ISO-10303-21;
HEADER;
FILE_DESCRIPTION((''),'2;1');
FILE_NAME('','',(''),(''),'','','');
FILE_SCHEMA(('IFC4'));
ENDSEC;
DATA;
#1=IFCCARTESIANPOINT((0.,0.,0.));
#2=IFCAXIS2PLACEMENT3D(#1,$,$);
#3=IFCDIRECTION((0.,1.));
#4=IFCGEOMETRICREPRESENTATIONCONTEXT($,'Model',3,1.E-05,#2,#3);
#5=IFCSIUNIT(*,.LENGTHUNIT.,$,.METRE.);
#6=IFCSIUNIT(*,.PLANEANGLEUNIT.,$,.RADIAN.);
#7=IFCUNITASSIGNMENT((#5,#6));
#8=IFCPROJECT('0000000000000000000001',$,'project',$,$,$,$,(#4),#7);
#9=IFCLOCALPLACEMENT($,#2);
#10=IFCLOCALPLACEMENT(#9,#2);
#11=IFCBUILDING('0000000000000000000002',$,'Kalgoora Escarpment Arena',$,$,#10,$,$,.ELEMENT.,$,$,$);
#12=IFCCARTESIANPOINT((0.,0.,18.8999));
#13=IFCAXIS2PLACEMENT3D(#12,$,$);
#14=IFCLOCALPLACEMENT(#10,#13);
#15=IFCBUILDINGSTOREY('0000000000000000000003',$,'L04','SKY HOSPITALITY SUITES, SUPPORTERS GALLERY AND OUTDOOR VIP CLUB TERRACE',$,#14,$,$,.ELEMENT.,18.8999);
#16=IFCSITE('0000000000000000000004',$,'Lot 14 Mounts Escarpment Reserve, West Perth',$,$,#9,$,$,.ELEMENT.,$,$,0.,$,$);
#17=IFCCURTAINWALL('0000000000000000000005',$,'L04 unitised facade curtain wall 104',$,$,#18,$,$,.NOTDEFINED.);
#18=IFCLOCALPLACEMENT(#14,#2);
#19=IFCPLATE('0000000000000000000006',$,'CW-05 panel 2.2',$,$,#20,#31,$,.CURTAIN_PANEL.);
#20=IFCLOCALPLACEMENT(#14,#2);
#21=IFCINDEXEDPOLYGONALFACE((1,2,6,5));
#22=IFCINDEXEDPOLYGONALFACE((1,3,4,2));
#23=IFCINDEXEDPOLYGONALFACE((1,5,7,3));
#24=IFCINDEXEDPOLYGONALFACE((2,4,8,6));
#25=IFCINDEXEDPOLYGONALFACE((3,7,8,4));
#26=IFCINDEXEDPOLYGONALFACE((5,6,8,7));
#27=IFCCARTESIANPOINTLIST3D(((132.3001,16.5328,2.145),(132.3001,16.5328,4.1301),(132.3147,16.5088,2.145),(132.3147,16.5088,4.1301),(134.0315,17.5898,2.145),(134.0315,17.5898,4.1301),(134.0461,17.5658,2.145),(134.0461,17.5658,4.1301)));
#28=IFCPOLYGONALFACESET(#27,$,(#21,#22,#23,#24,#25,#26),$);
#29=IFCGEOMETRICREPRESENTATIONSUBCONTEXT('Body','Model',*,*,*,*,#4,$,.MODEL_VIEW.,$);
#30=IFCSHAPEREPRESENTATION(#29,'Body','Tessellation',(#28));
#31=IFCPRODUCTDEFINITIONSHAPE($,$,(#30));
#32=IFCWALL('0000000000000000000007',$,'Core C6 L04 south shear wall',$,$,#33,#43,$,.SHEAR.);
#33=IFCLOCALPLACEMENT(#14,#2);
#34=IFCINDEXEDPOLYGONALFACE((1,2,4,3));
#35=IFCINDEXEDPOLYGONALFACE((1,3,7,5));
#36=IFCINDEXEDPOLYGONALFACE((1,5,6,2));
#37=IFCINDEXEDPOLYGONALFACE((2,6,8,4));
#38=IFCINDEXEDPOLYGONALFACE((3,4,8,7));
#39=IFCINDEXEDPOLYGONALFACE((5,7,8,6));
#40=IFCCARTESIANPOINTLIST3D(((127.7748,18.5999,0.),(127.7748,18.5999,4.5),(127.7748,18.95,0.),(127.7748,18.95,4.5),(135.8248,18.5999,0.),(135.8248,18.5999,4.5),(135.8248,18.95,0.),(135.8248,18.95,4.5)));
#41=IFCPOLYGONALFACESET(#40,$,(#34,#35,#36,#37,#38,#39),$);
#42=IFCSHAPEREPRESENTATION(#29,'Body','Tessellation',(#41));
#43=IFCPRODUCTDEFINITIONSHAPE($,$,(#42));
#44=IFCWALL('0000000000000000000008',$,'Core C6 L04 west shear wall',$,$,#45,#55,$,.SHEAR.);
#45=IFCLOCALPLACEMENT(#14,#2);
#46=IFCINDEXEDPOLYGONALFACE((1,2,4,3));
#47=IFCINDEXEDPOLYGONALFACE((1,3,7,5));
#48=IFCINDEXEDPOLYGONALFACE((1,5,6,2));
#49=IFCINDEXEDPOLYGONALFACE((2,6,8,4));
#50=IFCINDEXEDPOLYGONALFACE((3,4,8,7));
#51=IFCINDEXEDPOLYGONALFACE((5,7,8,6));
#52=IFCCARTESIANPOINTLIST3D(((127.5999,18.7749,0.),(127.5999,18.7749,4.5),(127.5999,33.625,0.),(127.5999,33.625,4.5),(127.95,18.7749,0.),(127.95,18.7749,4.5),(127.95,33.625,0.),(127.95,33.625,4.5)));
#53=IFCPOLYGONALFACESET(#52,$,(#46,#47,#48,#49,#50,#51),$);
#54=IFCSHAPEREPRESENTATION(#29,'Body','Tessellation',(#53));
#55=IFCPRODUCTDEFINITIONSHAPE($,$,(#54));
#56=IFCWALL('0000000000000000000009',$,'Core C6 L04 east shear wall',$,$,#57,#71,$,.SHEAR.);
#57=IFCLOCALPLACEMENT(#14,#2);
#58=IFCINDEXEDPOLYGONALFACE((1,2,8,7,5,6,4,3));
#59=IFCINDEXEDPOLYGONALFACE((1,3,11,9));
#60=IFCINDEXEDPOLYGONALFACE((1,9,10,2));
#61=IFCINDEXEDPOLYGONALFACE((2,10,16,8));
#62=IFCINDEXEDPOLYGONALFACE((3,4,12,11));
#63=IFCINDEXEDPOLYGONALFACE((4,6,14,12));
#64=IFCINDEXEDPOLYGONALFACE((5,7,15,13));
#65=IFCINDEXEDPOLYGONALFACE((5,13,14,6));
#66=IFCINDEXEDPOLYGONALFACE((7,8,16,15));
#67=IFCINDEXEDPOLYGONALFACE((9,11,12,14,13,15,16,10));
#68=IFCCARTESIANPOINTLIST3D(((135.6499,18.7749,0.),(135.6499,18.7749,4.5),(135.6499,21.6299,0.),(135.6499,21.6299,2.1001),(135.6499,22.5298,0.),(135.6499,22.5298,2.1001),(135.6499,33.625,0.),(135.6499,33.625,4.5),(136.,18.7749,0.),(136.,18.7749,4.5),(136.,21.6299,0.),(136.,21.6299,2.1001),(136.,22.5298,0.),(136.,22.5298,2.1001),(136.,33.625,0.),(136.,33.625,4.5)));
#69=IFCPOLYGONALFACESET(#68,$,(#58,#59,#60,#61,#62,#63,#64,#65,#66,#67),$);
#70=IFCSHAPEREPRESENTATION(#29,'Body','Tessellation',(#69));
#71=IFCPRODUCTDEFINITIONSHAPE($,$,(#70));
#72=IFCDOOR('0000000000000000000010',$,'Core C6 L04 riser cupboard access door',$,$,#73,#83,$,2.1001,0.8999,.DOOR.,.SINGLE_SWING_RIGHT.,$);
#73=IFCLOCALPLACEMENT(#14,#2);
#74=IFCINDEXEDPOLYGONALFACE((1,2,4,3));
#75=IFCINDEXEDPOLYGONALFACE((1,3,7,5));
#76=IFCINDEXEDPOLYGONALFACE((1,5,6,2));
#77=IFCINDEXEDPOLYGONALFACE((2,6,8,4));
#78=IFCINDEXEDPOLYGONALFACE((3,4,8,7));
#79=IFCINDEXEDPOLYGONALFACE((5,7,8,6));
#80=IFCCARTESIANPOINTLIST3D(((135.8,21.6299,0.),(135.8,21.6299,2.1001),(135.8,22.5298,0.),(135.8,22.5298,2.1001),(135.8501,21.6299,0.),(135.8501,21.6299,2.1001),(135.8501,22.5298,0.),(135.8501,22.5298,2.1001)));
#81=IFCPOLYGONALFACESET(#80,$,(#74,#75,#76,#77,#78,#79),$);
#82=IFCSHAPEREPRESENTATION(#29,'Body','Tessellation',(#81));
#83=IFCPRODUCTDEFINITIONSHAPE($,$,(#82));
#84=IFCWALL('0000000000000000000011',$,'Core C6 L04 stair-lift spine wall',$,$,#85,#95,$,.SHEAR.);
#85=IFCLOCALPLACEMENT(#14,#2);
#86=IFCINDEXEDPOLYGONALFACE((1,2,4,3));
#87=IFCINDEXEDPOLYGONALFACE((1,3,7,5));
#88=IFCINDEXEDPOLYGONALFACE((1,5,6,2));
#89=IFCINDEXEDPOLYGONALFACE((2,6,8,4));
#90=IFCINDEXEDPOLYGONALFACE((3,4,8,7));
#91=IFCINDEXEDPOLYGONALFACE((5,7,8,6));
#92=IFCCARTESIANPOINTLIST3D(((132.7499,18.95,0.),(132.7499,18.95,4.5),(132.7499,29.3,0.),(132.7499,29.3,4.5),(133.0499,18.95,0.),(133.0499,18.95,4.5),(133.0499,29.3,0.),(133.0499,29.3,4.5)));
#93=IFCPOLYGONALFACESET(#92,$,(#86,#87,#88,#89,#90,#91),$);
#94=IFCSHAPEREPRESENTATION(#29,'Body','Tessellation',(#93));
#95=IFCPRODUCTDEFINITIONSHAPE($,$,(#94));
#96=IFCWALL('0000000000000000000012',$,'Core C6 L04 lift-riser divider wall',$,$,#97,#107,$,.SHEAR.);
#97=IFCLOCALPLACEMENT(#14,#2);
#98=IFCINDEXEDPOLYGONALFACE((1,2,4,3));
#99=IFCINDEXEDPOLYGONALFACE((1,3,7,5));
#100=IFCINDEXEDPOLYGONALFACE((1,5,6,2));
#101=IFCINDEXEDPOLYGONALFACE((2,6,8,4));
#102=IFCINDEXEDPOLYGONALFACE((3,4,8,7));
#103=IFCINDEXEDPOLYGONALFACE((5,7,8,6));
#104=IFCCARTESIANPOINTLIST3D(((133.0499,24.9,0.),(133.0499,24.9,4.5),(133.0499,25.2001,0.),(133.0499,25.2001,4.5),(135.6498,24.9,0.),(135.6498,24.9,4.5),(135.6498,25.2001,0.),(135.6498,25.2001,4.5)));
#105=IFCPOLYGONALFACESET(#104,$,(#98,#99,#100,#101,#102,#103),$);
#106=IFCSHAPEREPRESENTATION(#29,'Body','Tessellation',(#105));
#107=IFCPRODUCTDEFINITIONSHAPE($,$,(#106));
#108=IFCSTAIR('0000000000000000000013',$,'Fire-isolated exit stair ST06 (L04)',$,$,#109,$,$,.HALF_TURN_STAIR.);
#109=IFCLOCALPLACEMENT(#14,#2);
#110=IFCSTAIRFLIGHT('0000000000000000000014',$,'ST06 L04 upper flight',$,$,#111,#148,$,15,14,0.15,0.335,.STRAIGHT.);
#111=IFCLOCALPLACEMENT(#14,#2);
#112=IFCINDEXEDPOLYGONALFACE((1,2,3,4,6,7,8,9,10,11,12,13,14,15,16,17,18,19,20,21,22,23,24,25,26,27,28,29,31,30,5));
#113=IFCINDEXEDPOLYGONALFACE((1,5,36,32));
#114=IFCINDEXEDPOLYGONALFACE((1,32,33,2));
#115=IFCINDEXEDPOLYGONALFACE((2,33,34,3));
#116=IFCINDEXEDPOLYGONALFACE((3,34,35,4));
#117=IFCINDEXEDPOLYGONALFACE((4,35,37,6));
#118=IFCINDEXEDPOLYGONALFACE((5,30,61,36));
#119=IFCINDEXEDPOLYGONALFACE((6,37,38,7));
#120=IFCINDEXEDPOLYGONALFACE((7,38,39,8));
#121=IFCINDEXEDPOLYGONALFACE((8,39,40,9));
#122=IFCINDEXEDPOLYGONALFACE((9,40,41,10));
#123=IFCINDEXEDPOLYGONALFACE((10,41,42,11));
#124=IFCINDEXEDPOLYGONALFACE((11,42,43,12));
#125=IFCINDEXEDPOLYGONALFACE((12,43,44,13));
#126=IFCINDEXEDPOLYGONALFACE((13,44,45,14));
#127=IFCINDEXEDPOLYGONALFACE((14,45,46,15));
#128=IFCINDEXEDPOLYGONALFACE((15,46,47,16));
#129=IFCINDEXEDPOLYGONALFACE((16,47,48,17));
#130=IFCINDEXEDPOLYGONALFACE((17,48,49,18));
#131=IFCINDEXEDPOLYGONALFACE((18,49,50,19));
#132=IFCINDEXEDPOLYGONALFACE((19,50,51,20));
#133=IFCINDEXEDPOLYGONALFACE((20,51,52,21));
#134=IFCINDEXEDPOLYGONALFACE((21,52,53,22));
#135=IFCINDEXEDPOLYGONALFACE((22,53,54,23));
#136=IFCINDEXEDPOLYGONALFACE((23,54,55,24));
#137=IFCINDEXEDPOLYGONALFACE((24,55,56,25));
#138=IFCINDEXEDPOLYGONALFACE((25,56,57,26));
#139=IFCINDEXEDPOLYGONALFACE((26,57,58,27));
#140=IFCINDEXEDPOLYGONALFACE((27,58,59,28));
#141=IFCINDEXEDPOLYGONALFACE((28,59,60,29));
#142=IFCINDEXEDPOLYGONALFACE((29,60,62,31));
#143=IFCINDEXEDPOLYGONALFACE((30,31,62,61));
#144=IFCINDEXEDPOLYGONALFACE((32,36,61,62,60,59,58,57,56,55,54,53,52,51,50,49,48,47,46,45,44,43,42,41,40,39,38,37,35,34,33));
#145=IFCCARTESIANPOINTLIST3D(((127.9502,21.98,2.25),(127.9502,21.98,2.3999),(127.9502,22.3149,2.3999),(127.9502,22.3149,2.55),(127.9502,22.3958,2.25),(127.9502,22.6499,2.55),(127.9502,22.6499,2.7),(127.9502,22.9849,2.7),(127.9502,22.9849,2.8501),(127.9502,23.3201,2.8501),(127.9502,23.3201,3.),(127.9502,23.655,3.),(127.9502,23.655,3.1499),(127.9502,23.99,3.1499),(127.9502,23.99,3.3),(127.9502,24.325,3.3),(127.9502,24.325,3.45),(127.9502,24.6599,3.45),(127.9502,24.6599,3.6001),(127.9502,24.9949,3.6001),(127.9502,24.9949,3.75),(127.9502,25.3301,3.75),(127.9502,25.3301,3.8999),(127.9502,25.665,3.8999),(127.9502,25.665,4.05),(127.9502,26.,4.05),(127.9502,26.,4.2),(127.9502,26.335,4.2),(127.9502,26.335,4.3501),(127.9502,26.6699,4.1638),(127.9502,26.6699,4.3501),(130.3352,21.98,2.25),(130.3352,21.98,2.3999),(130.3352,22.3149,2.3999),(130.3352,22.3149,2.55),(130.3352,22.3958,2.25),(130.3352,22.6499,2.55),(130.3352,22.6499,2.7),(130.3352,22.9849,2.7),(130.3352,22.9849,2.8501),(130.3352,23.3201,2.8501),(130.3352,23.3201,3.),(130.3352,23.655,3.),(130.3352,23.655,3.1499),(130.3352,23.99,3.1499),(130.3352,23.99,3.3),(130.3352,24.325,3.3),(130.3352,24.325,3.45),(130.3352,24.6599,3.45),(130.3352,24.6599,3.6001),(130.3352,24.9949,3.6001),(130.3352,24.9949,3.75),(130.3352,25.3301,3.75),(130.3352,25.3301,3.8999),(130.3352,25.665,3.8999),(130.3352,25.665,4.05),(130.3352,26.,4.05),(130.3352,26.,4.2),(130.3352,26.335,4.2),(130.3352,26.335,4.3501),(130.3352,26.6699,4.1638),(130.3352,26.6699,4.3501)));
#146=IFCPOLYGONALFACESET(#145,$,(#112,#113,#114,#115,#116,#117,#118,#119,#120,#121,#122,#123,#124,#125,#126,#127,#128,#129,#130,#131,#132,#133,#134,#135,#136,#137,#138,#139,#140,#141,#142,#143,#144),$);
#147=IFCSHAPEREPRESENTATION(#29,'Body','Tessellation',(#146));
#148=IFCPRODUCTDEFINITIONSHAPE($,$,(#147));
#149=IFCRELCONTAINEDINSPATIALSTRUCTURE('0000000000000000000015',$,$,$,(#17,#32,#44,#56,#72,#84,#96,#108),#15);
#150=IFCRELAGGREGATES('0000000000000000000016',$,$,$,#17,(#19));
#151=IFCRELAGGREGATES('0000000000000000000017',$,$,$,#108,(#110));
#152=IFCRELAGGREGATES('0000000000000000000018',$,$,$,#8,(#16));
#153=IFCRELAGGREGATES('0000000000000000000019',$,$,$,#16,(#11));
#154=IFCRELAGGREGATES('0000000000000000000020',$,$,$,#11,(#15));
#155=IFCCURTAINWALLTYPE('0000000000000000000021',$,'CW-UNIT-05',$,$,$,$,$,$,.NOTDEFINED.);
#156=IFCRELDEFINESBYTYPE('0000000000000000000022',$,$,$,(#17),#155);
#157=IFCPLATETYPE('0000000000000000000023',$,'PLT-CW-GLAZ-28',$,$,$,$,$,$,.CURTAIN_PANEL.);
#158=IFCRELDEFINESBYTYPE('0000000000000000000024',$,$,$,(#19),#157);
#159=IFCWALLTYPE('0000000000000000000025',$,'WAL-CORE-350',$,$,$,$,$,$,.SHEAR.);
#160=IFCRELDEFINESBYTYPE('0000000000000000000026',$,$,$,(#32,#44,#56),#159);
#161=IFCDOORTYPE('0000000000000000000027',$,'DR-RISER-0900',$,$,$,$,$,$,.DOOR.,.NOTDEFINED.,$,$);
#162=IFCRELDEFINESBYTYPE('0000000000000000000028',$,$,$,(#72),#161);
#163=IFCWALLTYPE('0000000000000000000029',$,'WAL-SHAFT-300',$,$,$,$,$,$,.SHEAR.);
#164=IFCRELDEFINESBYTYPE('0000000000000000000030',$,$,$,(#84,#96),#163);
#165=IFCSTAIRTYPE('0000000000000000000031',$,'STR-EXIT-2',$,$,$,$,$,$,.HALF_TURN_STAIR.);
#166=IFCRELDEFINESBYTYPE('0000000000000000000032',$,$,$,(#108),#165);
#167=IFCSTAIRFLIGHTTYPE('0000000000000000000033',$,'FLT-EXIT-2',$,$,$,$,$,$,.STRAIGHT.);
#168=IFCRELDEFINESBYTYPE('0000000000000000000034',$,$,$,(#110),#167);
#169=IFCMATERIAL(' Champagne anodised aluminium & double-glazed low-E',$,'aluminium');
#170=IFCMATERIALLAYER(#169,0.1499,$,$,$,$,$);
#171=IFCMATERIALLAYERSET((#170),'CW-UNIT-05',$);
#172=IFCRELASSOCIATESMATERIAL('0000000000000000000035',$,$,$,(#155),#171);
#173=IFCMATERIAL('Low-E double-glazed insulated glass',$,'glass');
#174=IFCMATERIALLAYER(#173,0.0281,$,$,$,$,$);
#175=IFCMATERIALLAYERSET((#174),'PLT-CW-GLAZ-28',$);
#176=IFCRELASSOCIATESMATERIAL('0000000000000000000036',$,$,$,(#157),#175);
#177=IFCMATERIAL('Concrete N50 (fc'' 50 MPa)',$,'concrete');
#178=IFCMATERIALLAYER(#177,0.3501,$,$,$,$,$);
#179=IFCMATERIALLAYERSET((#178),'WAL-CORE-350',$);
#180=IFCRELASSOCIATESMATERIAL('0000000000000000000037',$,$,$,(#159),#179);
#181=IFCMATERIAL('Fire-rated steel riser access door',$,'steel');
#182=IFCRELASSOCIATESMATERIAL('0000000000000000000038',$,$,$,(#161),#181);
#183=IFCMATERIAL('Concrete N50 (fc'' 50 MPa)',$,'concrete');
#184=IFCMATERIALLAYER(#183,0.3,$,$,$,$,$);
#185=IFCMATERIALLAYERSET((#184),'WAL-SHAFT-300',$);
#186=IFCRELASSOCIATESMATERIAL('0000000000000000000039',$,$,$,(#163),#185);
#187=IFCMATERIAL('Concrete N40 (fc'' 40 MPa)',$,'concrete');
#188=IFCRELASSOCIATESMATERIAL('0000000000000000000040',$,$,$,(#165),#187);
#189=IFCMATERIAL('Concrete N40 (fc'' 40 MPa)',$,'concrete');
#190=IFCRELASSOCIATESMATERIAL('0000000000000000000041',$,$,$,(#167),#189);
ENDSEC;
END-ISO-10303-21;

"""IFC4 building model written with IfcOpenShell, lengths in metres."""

from ifc_helpers import new_model, si_unit, direction, frame, frame_2d, origin, origin_2d, place, context, subcontext, project, spatial, polyline, rectangle, outline, extrude, material, layer, layer_set, type_object, element, fill, aggregate, save


model = new_model("IFC4")

# Units and contexts
model_context = context("Model", 3, precision=1e-05, world=origin(), true_north=direction((0.0, 1.0)))
body_context = subcontext(model_context, "Body", "Model", "MODEL_VIEW")
ifc_project = project(units=[si_unit("LENGTHUNIT", "METRE"), si_unit("PLANEANGLEUNIT", "RADIAN")], contexts=[model_context])

# Site, building, storey
site_placement = place(None, origin())
site = spatial("IfcSite", under=ifc_project, at=site_placement, Name="Lot 14 Mounts Escarpment Reserve, West Perth", CompositionType="ELEMENT", RefElevation=0.0)
building_placement = place(site_placement, origin())
building = spatial("IfcBuilding", under=site, at=building_placement, Name="Kalgoora Escarpment Arena", CompositionType="ELEMENT")
storey_placement = place(building_placement, frame((0.0, 0.0, 18.8999)))
storey = spatial("IfcBuildingStorey", under=building, at=storey_placement, Name="L04", Description="SKY HOSPITALITY SUITES, SUPPORTERS GALLERY AND OUTDOOR VIP CLUB TERRACE", CompositionType="ELEMENT", Elevation=18.8999)

# Curtain wall
ifc_material_1 = material(Name=" Champagne anodised aluminium & double-glazed low-E", Category="aluminium")
ifc_layer_1 = layer(ifc_material_1, 0.1499)
ifc_layer_set_1 = layer_set([ifc_layer_1], Name="CW-UNIT-05")
curtain_wall_type_1 = type_object("IfcCurtainWallType", Name="CW-UNIT-05", PredefinedType="NOTDEFINED", material=ifc_layer_set_1)
curtain_wall_1_placement = place(storey_placement, origin())
curtain_wall_1 = element("IfcCurtainWall", 1, at=curtain_wall_1_placement, inside=storey, type_object=curtain_wall_type_1, Name="L04 unitised facade curtain wall 104", PredefinedType="NOTDEFINED")

# Plate
ifc_material_2 = material(Name="Low-E double-glazed insulated glass", Category="glass")
ifc_layer_2 = layer(ifc_material_2, 0.0281)
ifc_layer_set_2 = layer_set([ifc_layer_2], Name="PLT-CW-GLAZ-28")
plate_type = type_object("IfcPlateType", Name="PLT-CW-GLAZ-28", PredefinedType="CURTAIN_PANEL", material=ifc_layer_set_2)
plate_1_placement = place(storey_placement, frame((133.1731, 17.0493, 2.145), z_axis=(0.0, 0.0, 1.0), x_axis=(-0.853527, -0.521049, 0.0)))
plate_1 = element("IfcPlate", 2, at=plate_1_placement, type_object=plate_type, Name="CW-05 panel 2.2", PredefinedType="CURTAIN_PANEL", context=body_context, shape_type="SweptSolid", body=[
    extrude(rectangle(XDim=2.0286, YDim=0.0281, at=origin_2d()), origin(), (0.0, 0.0, 1.0), 1.9851),
])
aggregate(curtain_wall_1, [plate_1])

# Walls
ifc_material_3 = material(Name="Concrete N50 (fc' 50 MPa)", Category="concrete")
ifc_layer_3 = layer(ifc_material_3, 0.3501)
ifc_layer_set_3 = layer_set([ifc_layer_3], Name="WAL-CORE-350")
wall_type_1 = type_object("IfcWallType", Name="WAL-CORE-350", PredefinedType="SHEAR", material=ifc_layer_set_3)
wall_1_placement = place(storey_placement, frame((127.7749, 18.7749, 0.0), z_axis=(0.0, 0.0, 1.0), x_axis=(1.0, 0.0, 0.0)))
element("IfcWall", 3, at=wall_1_placement, inside=storey, type_object=wall_type_1, Name="Core C6 L04 south shear wall", PredefinedType="SHEAR", context=body_context, shape_type="SweptSolid", body=[
    extrude(rectangle(XDim=8.05, YDim=0.3501, at=frame_2d((4.0249, 0.0))), origin(), (0.0, 0.0, 1.0), 4.5),
])
wall_2_placement = place(storey_placement, frame((127.7749, 18.7749, 0.0), z_axis=(0.0, 0.0, 1.0), x_axis=(0.0, 1.0, 0.0)))
element("IfcWall", 4, at=wall_2_placement, inside=storey, type_object=wall_type_1, Name="Core C6 L04 west shear wall", PredefinedType="SHEAR", context=body_context, shape_type="SweptSolid", body=[
    extrude(rectangle(XDim=14.8501, YDim=0.3501, at=frame_2d((7.425, 0.0))), origin(), (0.0, 0.0, 1.0), 4.5),
])

# Wall, opening, door
wall_3_placement = place(storey_placement, frame((135.825, 18.7749, 0.0), z_axis=(0.0, 0.0, 1.0), x_axis=(0.0, 1.0, 0.0)))
wall_3 = element("IfcWall", 5, at=wall_3_placement, inside=storey, type_object=wall_type_1, Name="Core C6 L04 east shear wall", PredefinedType="SHEAR", context=body_context, shape_type="SweptSolid", body=[
    extrude(rectangle(XDim=14.8501, YDim=0.3501, at=frame_2d((7.425, 0.0))), origin(), (0.0, 0.0, 1.0), 4.5),
])
opening_placement = place(wall_3_placement, frame((2.855, 0.0, 0.0)))
opening = element("IfcOpeningElement", 6, at=opening_placement, cuts=wall_3, PredefinedType="OPENING", context=body_context, shape_type="SweptSolid", body=[
    extrude(rectangle(XDim=0.8999, YDim=2.1001, at=frame_2d((0.45, 1.05))), frame((0.0, 0.1851, 0.0), z_axis=(0.0, -1.0, 0.0), x_axis=(1.0, 0.0, 0.0)), (0.0, 0.0, 1.0), 0.3701),
])
ifc_material_4 = material(Name="Fire-rated steel riser access door", Category="steel")
door_type = type_object("IfcDoorType", Name="DR-RISER-0900", OperationType="NOTDEFINED", PredefinedType="DOOR", material=ifc_material_4)
door_placement = place(opening_placement, origin())
door = element("IfcDoor", 7, at=door_placement, inside=storey, type_object=door_type, Name="Core C6 L04 riser cupboard access door", OperationType="SINGLE_SWING_RIGHT", OverallHeight=2.1001, OverallWidth=0.8999, PredefinedType="DOOR", context=body_context, shape_type="SweptSolid", body=[
    extrude(rectangle(XDim=0.8999, YDim=2.1001, at=frame_2d((0.45, 1.05))), frame((0.0, 0.0249, 0.0), z_axis=(0.0, -1.0, 0.0), x_axis=(1.0, 0.0, 0.0)), (0.0, 0.0, 1.0), 0.05),
])
fill(opening, door)

# Walls
ifc_material_5 = material(Name="Concrete N50 (fc' 50 MPa)", Category="concrete")
ifc_layer_4 = layer(ifc_material_5, 0.3)
ifc_layer_set_4 = layer_set([ifc_layer_4], Name="WAL-SHAFT-300")
wall_type_2 = type_object("IfcWallType", Name="WAL-SHAFT-300", PredefinedType="SHEAR", material=ifc_layer_set_4)
wall_4_placement = place(storey_placement, frame((132.8999, 18.95, 0.0), z_axis=(0.0, 0.0, 1.0), x_axis=(0.0, 1.0, 0.0)))
element("IfcWall", 8, at=wall_4_placement, inside=storey, type_object=wall_type_2, Name="Core C6 L04 stair-lift spine wall", PredefinedType="SHEAR", context=body_context, shape_type="SweptSolid", body=[
    extrude(rectangle(XDim=10.3501, YDim=0.3, at=frame_2d((5.175, 0.0))), origin(), (0.0, 0.0, 1.0), 4.5),
])
wall_5_placement = place(storey_placement, frame((133.05, 25.05, 0.0), z_axis=(0.0, 0.0, 1.0), x_axis=(1.0, 0.0, 0.0)))
element("IfcWall", 9, at=wall_5_placement, inside=storey, type_object=wall_type_2, Name="Core C6 L04 lift-riser divider wall", PredefinedType="SHEAR", context=body_context, shape_type="SweptSolid", body=[
    extrude(rectangle(XDim=2.5999, YDim=0.3, at=frame_2d((1.2998, 0.0))), origin(), (0.0, 0.0, 1.0), 4.5),
])

# Stair, stair flight
ifc_material_6 = material(Name="Concrete N40 (fc' 40 MPa)", Category="concrete")
stair_type = type_object("IfcStairType", Name="STR-EXIT-2", PredefinedType="HALF_TURN_STAIR", material=ifc_material_6)
stair_placement = place(storey_placement, origin())
stair = element("IfcStair", 10, at=stair_placement, inside=storey, type_object=stair_type, Name="Fire-isolated exit stair ST06 (L04)", PredefinedType="HALF_TURN_STAIR")
ifc_material_7 = material(Name="Concrete N40 (fc' 40 MPa)", Category="concrete")
stair_flight_type = type_object("IfcStairFlightType", Name="FLT-EXIT-2", PredefinedType="STRAIGHT", material=ifc_material_7)
stair_flight_placement = place(storey_placement, frame((129.1426, 21.98, 2.25), z_axis=(0.0, 0.0, 1.0), x_axis=(0.0, 1.0, 0.0)))
stair_flight = element("IfcStairFlight", 11, at=stair_flight_placement, type_object=stair_flight_type, Name="ST06 L04 upper flight", NumberOfRisers=15, NumberOfTreads=14, PredefinedType="STRAIGHT", RiserHeight=0.15, TreadLength=0.335, context=body_context, shape_type="SweptSolid", body=[
    extrude(outline(polyline([(0.0, 0.0), (0.0, 0.1499), (0.335, 0.1499), (0.335, 0.3), (0.6699, 0.3), (0.6699, 0.45), (1.0049, 0.45), (1.0049, 0.6001), (1.3401, 0.6001), (1.3401, 0.75), (1.675, 0.75), (1.675, 0.8999), (2.01, 0.8999), (2.01, 1.05), (2.345, 1.05), (2.345, 1.2), (2.6799, 1.2), (2.6799, 1.3501), (3.0149, 1.3501), (3.0149, 1.5), (3.3501, 1.5), (3.3501, 1.6499), (3.6851, 1.6499), (3.6851, 1.8), (4.02, 1.8), (4.02, 1.95), (4.355, 1.95), (4.355, 2.1001), (4.6899, 2.1001), (4.6899, 2.25), (4.6899, 1.9138), (0.4158, 0.0), (0.0, 0.0)])), frame((0.0, 1.1924, 0.0), z_axis=(0.0, -1.0, 0.0), x_axis=(1.0, 0.0, 0.0)), (0.0, 0.0, 1.0), 2.385),
])
aggregate(stair, [stair_flight])

save(model, "model.ifc")
